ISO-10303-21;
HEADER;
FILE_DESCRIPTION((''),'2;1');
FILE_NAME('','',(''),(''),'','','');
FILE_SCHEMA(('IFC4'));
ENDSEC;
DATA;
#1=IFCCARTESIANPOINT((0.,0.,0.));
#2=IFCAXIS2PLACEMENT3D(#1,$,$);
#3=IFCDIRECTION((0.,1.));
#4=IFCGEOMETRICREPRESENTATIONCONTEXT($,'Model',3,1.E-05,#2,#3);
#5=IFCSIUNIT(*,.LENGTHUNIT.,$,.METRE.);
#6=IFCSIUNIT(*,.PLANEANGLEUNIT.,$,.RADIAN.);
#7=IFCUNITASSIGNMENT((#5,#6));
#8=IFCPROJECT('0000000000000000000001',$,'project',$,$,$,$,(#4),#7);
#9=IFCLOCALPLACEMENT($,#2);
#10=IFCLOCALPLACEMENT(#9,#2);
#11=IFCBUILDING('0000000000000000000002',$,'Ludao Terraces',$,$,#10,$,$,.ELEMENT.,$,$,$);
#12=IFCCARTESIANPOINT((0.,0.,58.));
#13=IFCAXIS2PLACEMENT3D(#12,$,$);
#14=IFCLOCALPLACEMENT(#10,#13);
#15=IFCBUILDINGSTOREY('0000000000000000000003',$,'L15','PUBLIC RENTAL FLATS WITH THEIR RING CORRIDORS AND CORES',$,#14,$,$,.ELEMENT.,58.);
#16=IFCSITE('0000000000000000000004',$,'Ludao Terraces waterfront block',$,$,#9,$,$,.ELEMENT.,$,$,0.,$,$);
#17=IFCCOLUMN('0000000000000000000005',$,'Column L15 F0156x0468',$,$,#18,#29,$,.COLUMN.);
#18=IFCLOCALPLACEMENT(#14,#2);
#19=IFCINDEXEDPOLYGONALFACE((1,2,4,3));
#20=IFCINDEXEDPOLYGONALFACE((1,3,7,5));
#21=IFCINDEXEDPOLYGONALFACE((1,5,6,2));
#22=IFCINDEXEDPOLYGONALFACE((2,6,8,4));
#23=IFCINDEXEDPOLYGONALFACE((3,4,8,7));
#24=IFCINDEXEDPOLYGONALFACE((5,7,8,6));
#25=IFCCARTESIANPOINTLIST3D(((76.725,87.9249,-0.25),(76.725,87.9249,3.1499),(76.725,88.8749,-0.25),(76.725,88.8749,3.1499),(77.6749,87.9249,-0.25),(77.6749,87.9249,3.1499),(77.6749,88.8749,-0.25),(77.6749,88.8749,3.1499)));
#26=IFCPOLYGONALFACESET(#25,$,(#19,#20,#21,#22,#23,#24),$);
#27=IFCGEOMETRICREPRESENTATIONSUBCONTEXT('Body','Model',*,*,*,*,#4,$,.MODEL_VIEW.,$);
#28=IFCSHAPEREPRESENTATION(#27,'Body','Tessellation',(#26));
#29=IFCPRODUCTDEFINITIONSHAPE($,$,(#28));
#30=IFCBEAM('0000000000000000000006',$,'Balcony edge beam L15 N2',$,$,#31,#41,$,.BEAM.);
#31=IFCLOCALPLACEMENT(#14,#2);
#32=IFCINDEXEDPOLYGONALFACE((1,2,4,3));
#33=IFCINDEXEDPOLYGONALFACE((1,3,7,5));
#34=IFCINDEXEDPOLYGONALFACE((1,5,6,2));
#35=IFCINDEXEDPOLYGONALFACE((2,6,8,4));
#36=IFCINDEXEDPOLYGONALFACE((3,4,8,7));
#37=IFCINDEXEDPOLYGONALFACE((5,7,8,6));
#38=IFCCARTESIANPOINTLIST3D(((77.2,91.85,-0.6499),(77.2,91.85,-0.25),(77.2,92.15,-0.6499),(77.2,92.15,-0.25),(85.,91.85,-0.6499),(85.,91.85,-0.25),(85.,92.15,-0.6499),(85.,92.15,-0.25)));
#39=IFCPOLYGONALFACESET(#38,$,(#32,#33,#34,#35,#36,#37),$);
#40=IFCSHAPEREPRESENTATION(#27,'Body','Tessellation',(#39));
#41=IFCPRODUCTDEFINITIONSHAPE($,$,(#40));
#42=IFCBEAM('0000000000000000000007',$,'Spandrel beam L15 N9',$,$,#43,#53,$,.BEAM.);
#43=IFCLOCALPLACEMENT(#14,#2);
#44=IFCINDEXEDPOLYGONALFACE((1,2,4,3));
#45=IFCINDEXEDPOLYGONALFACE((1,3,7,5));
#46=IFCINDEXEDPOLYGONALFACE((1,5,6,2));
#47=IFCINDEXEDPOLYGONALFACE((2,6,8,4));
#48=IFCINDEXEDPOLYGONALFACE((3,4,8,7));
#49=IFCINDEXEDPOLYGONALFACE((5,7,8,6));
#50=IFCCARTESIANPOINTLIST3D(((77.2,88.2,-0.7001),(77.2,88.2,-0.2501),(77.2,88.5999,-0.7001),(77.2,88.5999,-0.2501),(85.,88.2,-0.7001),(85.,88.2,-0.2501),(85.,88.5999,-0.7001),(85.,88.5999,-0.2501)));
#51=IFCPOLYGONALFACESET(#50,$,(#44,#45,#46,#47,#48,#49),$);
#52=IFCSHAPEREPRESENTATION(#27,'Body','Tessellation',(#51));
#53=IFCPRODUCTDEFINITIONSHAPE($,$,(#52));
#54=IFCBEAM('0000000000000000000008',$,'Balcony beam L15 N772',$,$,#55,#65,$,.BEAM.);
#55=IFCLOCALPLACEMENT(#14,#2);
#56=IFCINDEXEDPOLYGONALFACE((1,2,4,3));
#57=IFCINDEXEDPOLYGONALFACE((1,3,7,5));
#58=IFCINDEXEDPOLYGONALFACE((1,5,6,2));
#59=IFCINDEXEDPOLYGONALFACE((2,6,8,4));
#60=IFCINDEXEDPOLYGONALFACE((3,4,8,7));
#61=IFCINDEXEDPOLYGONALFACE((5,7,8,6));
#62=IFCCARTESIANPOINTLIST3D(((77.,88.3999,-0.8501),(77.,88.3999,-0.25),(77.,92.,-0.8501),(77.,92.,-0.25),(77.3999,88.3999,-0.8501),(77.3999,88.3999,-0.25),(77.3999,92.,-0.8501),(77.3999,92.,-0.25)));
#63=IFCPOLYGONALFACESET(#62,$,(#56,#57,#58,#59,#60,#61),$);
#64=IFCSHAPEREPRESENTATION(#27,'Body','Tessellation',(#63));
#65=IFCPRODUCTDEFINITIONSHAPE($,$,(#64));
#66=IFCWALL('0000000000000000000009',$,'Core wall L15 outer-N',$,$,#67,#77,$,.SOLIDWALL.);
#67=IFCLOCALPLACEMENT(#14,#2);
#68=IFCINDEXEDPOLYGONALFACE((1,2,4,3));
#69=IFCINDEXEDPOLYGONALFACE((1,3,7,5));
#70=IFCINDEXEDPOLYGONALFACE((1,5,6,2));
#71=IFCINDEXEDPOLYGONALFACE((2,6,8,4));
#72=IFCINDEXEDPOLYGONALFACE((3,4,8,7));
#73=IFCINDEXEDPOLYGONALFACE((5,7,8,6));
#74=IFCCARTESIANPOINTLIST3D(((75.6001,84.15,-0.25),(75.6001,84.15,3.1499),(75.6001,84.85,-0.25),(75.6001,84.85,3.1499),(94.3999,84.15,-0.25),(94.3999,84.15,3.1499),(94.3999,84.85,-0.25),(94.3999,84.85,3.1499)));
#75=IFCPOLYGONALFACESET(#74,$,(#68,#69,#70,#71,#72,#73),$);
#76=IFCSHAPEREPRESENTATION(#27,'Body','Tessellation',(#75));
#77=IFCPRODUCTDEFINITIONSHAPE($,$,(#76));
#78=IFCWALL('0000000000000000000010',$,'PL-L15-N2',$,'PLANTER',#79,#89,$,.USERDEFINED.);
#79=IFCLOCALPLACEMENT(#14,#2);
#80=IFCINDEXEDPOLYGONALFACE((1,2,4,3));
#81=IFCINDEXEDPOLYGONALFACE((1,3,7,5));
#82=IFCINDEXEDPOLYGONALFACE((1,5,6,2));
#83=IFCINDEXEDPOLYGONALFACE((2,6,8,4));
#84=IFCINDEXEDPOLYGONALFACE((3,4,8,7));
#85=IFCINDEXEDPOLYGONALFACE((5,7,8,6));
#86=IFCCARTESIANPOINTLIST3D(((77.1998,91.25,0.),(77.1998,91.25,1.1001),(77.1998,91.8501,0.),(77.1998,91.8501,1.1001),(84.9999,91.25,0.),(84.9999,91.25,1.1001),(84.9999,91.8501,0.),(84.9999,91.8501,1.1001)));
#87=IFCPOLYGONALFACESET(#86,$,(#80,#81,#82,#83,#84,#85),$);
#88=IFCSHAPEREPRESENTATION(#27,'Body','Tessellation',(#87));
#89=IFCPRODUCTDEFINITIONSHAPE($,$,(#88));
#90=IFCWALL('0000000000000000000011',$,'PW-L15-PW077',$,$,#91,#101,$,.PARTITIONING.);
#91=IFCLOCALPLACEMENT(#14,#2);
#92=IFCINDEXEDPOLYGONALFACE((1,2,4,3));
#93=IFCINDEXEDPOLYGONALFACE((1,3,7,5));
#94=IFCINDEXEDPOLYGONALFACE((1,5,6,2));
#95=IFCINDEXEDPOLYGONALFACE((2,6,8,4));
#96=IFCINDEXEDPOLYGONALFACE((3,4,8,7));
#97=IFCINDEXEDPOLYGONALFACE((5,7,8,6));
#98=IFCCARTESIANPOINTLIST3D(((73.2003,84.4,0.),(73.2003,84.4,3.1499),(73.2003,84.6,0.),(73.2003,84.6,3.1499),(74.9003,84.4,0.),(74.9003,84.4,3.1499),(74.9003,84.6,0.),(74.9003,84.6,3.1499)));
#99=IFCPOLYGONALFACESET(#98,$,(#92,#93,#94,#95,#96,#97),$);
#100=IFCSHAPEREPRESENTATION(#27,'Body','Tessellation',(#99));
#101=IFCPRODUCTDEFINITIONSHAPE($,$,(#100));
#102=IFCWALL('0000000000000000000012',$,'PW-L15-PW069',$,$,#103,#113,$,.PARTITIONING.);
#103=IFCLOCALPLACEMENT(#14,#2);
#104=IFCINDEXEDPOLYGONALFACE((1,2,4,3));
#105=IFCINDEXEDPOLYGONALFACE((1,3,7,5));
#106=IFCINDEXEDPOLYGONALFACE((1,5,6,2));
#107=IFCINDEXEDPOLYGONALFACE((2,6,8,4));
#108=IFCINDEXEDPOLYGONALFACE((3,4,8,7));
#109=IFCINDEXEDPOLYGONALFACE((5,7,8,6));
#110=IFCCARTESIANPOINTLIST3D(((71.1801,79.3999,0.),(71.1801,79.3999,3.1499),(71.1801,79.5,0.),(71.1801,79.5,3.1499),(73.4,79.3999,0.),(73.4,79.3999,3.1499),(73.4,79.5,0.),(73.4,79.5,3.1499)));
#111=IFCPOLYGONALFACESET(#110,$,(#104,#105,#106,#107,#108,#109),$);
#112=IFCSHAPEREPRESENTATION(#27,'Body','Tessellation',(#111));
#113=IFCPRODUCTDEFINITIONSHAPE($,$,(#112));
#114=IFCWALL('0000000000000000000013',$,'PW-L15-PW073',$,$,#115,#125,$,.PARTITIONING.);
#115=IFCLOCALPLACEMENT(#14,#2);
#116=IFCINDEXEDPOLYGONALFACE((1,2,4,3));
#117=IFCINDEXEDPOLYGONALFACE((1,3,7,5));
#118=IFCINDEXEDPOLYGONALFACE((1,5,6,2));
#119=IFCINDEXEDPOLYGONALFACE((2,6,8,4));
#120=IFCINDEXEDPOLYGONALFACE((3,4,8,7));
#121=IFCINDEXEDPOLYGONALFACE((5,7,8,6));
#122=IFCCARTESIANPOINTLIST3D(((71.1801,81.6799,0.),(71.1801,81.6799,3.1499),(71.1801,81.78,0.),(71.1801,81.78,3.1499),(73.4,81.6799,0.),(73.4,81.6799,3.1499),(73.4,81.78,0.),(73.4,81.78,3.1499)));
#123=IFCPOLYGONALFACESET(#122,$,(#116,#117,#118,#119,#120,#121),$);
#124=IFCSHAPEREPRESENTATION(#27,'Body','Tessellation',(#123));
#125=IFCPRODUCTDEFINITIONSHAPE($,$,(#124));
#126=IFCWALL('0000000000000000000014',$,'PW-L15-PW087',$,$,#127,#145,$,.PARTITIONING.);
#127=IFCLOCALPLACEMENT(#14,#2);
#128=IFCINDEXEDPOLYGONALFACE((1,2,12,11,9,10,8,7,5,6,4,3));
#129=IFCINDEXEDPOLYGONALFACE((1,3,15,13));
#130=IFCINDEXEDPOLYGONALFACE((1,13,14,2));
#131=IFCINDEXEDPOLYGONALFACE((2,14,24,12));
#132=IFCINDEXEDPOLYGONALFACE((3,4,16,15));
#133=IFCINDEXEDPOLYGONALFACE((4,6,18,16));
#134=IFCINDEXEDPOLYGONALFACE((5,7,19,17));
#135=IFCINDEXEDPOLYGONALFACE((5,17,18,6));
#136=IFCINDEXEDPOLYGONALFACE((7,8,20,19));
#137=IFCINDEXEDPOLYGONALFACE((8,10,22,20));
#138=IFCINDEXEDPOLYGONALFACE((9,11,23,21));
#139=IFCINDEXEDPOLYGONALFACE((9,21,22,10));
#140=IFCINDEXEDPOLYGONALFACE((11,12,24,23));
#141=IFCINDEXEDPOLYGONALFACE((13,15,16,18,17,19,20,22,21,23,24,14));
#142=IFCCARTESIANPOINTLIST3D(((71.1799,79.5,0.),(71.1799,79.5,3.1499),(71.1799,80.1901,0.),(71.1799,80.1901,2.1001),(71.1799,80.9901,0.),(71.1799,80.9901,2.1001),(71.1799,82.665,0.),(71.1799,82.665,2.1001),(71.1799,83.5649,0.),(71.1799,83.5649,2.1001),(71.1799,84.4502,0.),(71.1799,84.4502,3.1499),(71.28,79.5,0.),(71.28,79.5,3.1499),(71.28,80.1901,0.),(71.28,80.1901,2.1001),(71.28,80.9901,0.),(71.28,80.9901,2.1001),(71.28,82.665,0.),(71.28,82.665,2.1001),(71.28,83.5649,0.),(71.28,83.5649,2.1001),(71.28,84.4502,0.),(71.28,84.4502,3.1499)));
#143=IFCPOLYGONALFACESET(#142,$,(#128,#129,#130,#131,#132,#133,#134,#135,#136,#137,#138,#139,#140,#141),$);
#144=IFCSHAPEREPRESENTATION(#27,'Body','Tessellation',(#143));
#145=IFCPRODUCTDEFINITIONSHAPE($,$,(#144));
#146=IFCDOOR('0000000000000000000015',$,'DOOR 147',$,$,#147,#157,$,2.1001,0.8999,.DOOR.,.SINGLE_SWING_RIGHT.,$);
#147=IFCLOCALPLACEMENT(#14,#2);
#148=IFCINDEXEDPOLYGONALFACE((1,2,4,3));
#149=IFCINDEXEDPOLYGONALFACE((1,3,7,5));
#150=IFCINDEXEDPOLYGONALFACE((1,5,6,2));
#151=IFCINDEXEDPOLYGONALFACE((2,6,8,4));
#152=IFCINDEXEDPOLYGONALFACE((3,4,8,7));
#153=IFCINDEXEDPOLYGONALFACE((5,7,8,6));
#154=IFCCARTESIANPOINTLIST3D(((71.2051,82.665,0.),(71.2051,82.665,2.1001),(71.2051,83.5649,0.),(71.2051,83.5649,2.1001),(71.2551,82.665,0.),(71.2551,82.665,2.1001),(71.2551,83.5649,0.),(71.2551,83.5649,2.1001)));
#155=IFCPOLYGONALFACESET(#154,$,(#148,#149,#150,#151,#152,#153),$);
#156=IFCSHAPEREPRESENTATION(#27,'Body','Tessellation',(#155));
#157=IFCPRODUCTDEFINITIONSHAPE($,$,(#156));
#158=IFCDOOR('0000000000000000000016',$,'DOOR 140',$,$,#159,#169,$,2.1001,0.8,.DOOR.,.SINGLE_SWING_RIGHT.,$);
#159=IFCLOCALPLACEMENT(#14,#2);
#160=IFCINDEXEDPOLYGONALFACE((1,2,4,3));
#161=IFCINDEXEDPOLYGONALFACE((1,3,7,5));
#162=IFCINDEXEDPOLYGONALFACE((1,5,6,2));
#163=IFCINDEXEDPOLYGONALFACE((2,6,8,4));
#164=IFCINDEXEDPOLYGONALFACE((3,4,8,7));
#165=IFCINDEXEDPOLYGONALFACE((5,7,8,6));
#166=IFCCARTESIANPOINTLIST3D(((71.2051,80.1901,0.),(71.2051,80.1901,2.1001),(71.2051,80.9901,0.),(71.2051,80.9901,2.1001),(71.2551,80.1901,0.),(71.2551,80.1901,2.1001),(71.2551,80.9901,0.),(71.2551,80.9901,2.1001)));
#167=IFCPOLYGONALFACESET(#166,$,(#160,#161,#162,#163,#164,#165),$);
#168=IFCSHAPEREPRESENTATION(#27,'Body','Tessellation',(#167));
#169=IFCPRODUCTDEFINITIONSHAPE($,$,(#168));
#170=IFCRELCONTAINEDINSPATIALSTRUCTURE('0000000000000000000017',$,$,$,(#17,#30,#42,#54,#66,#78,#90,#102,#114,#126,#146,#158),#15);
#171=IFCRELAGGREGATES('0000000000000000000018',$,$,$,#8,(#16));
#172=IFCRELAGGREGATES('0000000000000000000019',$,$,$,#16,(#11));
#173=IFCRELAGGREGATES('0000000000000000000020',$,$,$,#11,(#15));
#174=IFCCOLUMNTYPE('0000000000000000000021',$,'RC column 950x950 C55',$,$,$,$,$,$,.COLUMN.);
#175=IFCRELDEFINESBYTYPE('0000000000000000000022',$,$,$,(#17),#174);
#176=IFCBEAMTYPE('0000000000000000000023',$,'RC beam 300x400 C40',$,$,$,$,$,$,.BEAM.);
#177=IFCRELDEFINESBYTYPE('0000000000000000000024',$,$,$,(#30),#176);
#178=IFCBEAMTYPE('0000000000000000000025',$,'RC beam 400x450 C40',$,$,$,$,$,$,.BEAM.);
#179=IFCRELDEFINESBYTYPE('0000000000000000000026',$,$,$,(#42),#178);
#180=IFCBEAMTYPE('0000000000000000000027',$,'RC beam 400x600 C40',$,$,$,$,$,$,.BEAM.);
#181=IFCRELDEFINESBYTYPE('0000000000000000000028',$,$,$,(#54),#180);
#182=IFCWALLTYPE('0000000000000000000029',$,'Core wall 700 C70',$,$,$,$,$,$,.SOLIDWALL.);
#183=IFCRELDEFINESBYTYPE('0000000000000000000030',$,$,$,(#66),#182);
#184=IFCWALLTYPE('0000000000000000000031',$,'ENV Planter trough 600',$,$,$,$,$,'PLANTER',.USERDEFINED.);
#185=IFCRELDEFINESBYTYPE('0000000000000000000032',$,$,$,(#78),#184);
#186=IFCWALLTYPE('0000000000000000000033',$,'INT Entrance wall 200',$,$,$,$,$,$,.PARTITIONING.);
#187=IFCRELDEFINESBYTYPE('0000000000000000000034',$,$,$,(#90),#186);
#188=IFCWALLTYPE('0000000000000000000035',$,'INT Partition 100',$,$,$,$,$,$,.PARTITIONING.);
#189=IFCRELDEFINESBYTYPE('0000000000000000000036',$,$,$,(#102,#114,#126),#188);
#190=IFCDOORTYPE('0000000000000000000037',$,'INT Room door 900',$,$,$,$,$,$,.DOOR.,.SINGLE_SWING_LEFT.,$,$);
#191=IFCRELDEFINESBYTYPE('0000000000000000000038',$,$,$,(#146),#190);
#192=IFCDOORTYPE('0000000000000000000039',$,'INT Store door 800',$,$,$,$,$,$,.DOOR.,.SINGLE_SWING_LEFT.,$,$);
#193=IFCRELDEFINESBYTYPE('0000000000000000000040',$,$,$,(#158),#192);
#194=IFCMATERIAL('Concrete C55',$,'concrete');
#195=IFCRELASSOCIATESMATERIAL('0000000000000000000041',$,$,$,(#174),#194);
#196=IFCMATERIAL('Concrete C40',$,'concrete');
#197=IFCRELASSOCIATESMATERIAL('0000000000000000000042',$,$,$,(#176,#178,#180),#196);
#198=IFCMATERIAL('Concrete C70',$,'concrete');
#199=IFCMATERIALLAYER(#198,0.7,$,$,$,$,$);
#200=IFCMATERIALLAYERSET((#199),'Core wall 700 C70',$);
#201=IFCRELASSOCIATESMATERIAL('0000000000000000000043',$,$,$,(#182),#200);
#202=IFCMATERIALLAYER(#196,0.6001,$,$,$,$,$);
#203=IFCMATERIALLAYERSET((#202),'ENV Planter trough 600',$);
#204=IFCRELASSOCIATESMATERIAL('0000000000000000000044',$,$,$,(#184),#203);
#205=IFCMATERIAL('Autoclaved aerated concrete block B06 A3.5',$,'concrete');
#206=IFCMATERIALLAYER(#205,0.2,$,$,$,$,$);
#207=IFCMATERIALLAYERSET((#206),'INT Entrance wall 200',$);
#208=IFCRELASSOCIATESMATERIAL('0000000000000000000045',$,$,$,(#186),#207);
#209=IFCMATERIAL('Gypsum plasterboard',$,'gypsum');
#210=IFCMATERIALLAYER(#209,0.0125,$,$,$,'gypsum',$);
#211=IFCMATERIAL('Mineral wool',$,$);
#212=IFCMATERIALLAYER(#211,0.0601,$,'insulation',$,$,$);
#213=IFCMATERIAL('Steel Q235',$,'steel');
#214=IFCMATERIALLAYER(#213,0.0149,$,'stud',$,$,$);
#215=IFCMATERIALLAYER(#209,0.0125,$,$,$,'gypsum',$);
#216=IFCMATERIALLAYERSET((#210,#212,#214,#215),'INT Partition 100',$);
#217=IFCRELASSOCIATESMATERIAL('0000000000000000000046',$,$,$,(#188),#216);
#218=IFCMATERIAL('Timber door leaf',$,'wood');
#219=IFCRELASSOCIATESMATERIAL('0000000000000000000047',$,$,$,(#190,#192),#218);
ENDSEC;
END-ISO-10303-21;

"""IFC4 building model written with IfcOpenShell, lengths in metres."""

from ifc_helpers import new_model, si_unit, direction, frame, frame_2d, origin, origin_2d, place, context, subcontext, project, spatial, rectangle, extrude, material, layer, layer_set, material_profile, profile_set, type_object, element, fill, save


model = new_model("IFC4")

# Units and contexts
model_context = context("Model", 3, precision=1e-05, world=origin(), true_north=direction((0.0, 1.0)))
body_context = subcontext(model_context, "Body", "Model", "MODEL_VIEW")
ifc_project = project(units=[si_unit("LENGTHUNIT", "METRE"), si_unit("PLANEANGLEUNIT", "RADIAN")], contexts=[model_context])

# Site, building, storey
site_placement = place(None, origin())
site = spatial("IfcSite", under=ifc_project, at=site_placement, Name="Ludao Terraces waterfront block", CompositionType="ELEMENT", RefElevation=0.0)
building_placement = place(site_placement, origin())
building = spatial("IfcBuilding", under=site, at=building_placement, Name="Ludao Terraces", CompositionType="ELEMENT")
storey_placement = place(building_placement, frame((0.0, 0.0, 58.0)))
storey = spatial("IfcBuildingStorey", under=building, at=storey_placement, Name="L15", Description="PUBLIC RENTAL FLATS WITH THEIR RING CORRIDORS AND CORES", CompositionType="ELEMENT", Elevation=58.0)

# Column
ifc_material_1 = material(Name="Concrete C55", Category="concrete")
ifc_material_profile_1 = material_profile(ifc_material_1, rectangle(XDim=0.95, YDim=0.95, at=origin_2d()), Name="950 X 950")
ifc_profile_set_1 = profile_set([ifc_material_profile_1], Name="Concrete C55")
column_type = type_object("IfcColumnType", Name="RC column 950x950 C55", PredefinedType="COLUMN", material=ifc_profile_set_1)
column_placement = place(storey_placement, frame((77.2, 88.3999, -0.25), z_axis=(0.0, 0.0, 1.0), x_axis=(1.0, 0.0, 0.0)))
element("IfcColumn", 1, at=column_placement, inside=storey, type_object=column_type, Name="Column L15 F0156x0468", PredefinedType="COLUMN", context=body_context, shape_type="SweptSolid", body=[
    extrude(rectangle(XDim=0.95, YDim=0.95, at=origin_2d()), origin(), (0.0, 0.0, 1.0), 3.3999),
])

# Beams
ifc_material_2 = material(Name="Concrete C40", Category="concrete")
ifc_material_profile_2 = material_profile(ifc_material_2, rectangle(XDim=0.3, YDim=0.3999, at=origin_2d()), Name="300 X 400")
ifc_profile_set_2 = profile_set([ifc_material_profile_2], Name="Concrete C40")
beam_type_1 = type_object("IfcBeamType", Name="RC beam 300x400 C40", PredefinedType="BEAM", material=ifc_profile_set_2)
beam_1_placement = place(storey_placement, frame((77.2, 92.0, -0.45), z_axis=(1.0, 0.0, 0.0), x_axis=(0.0, 1.0, 0.0)))
element("IfcBeam", 2, at=beam_1_placement, inside=storey, type_object=beam_type_1, Name="Balcony edge beam L15 N2", PredefinedType="BEAM", context=body_context, shape_type="SweptSolid", body=[
    extrude(rectangle(XDim=0.3, YDim=0.3999, at=origin_2d()), origin(), (0.0, 0.0, 1.0), 7.8),
])
ifc_material_profile_3 = material_profile(ifc_material_2, rectangle(XDim=0.3999, YDim=0.45, at=origin_2d()), Name="400 X 450")
ifc_profile_set_3 = profile_set([ifc_material_profile_3], Name="Concrete C40")
beam_type_2 = type_object("IfcBeamType", Name="RC beam 400x450 C40", PredefinedType="BEAM", material=ifc_profile_set_3)
beam_2_placement = place(storey_placement, frame((77.2, 88.3999, -0.4751), z_axis=(1.0, 0.0, 0.0), x_axis=(0.0, 1.0, 0.0)))
element("IfcBeam", 3, at=beam_2_placement, inside=storey, type_object=beam_type_2, Name="Spandrel beam L15 N9", PredefinedType="BEAM", context=body_context, shape_type="SweptSolid", body=[
    extrude(rectangle(XDim=0.3999, YDim=0.45, at=origin_2d()), origin(), (0.0, 0.0, 1.0), 7.8),
])
ifc_material_profile_4 = material_profile(ifc_material_2, rectangle(XDim=0.3999, YDim=0.6001, at=origin_2d()), Name="400 X 600")
ifc_profile_set_4 = profile_set([ifc_material_profile_4], Name="Concrete C40")
beam_type_3 = type_object("IfcBeamType", Name="RC beam 400x600 C40", PredefinedType="BEAM", material=ifc_profile_set_4)
beam_3_placement = place(storey_placement, frame((77.2, 88.3999, -0.55), z_axis=(0.0, 1.0, 0.0), x_axis=(-1.0, 0.0, 0.0)))
element("IfcBeam", 4, at=beam_3_placement, inside=storey, type_object=beam_type_3, Name="Balcony beam L15 N772", PredefinedType="BEAM", context=body_context, shape_type="SweptSolid", body=[
    extrude(rectangle(XDim=0.3999, YDim=0.6001, at=origin_2d()), origin(), (0.0, 0.0, 1.0), 3.6001),
])

# Walls
ifc_material_3 = material(Name="Concrete C70", Category="concrete")
ifc_layer_1 = layer(ifc_material_3, 0.7)
ifc_layer_set_1 = layer_set([ifc_layer_1], Name="Core wall 700 C70")
wall_type_1 = type_object("IfcWallType", Name="Core wall 700 C70", PredefinedType="SOLIDWALL", material=ifc_layer_set_1)
wall_1_placement = place(storey_placement, frame((75.6001, 84.5, -0.25), z_axis=(0.0, 0.0, 1.0), x_axis=(1.0, 0.0, 0.0)))
element("IfcWall", 5, at=wall_1_placement, inside=storey, type_object=wall_type_1, Name="Core wall L15 outer-N", PredefinedType="SOLIDWALL", context=body_context, shape_type="SweptSolid", body=[
    extrude(rectangle(XDim=18.7998, YDim=0.7, at=frame_2d((9.3999, 0.0))), origin(), (0.0, 0.0, 1.0), 3.3999),
])
ifc_layer_2 = layer(ifc_material_2, 0.6001)
ifc_layer_set_2 = layer_set([ifc_layer_2], Name="ENV Planter trough 600")
wall_type_2 = type_object("IfcWallType", Name="ENV Planter trough 600", ElementType="PLANTER", PredefinedType="USERDEFINED", material=ifc_layer_set_2)
wall_2_placement = place(storey_placement, frame((77.2, 91.55, 0.0), z_axis=(0.0, 0.0, 1.0), x_axis=(1.0, 0.0, 0.0)))
element("IfcWall", 6, at=wall_2_placement, inside=storey, type_object=wall_type_2, Name="PL-L15-N2", ObjectType="PLANTER", PredefinedType="USERDEFINED", context=body_context, shape_type="SweptSolid", body=[
    extrude(rectangle(XDim=7.8, YDim=0.6001, at=frame_2d((3.8999, 0.0))), origin(), (0.0, 0.0, 1.0), 1.1001),
])

# Shared definitions
ifc_material_4 = material(Name="Mineral wool")

# Walls
ifc_material_5 = material(Name="Autoclaved aerated concrete block B06 A3.5", Category="concrete")
ifc_layer_3 = layer(ifc_material_5, 0.2)
ifc_layer_set_3 = layer_set([ifc_layer_3], Name="INT Entrance wall 200")
wall_type_3 = type_object("IfcWallType", Name="INT Entrance wall 200", PredefinedType="PARTITIONING", material=ifc_layer_set_3)
wall_3_placement = place(storey_placement, frame((73.2002, 84.5, 0.0), z_axis=(0.0, 0.0, 1.0), x_axis=(1.0, 0.0, 0.0)))
element("IfcWall", 7, at=wall_3_placement, inside=storey, type_object=wall_type_3, Name="PW-L15-PW077", PredefinedType="PARTITIONING", context=body_context, shape_type="SweptSolid", body=[
    extrude(rectangle(XDim=1.7, YDim=0.2, at=frame_2d((0.8501, 0.0))), origin(), (0.0, 0.0, 1.0), 3.1499),
])
ifc_material_6 = material(Name="Gypsum plasterboard", Category="gypsum")
ifc_layer_4 = layer(ifc_material_6, 0.0125, Category="gypsum")
ifc_layer_5 = layer(ifc_material_4, 0.0601, Name="insulation")
ifc_material_7 = material(Name="Steel Q235", Category="steel")
ifc_layer_6 = layer(ifc_material_7, 0.0149, Name="stud")
ifc_layer_7 = layer(ifc_material_6, 0.0125, Category="gypsum")
ifc_layer_set_4 = layer_set([ifc_layer_4, ifc_layer_5, ifc_layer_6, ifc_layer_7], Name="INT Partition 100")
wall_type_4 = type_object("IfcWallType", Name="INT Partition 100", PredefinedType="PARTITIONING", material=ifc_layer_set_4)
for number, where, z_axis, x_axis, name in (
    (8, (71.1802, 79.45, 0.0), (0.0, 0.0, 1.0), (1.0, 0.0, 0.0), "PW-L15-PW069"),
    (9, (71.1802, 81.73, 0.0), (0.0, 0.0, 1.0), (1.0, 0.0, 0.0), "PW-L15-PW073"),
):
    element("IfcWall", number, at=place(storey_placement, frame(where, z_axis=z_axis, x_axis=x_axis)), inside=storey, type_object=wall_type_4, Name=name, PredefinedType="PARTITIONING", context=body_context, shape_type="SweptSolid", body=[
        extrude(rectangle(XDim=2.22, YDim=0.1001, at=frame_2d((1.1099, 0.0))), origin(), (0.0, 0.0, 1.0), 3.1499),
    ])

# Wall, openings, doors
wall_4_placement = place(storey_placement, frame((71.23, 79.5, 0.0), z_axis=(0.0, 0.0, 1.0), x_axis=(0.0, 1.0, 0.0)))
wall_4 = element("IfcWall", 10, at=wall_4_placement, inside=storey, type_object=wall_type_4, Name="PW-L15-PW087", PredefinedType="PARTITIONING", context=body_context, shape_type="SweptSolid", body=[
    extrude(rectangle(XDim=4.9502, YDim=0.1001, at=frame_2d((2.4751, 0.0))), origin(), (0.0, 0.0, 1.0), 3.1499),
])
opening_1_placement = place(wall_4_placement, frame((0.6902, 0.0, 0.0)))
opening_1 = element("IfcOpeningElement", 11, at=opening_1_placement, cuts=wall_4, PredefinedType="OPENING", context=body_context, shape_type="SweptSolid", body=[
    extrude(rectangle(XDim=0.8, YDim=2.1001, at=frame_2d((0.3999, 1.05))), frame((0.0, 0.0601, 0.0), z_axis=(0.0, -1.0, 0.0), x_axis=(1.0, 0.0, 0.0)), (0.0, 0.0, 1.0), 0.1201),
])
opening_2_placement = place(wall_4_placement, frame((3.165, 0.0, 0.0)))
opening_2 = element("IfcOpeningElement", 12, at=opening_2_placement, cuts=wall_4, PredefinedType="OPENING", context=body_context, shape_type="SweptSolid", body=[
    extrude(rectangle(XDim=0.8999, YDim=2.1001, at=frame_2d((0.45, 1.05))), frame((0.0, 0.0601, 0.0), z_axis=(0.0, -1.0, 0.0), x_axis=(1.0, 0.0, 0.0)), (0.0, 0.0, 1.0), 0.1201),
])
ifc_material_8 = material(Name="Timber door leaf", Category="wood")
door_type_1 = type_object("IfcDoorType", Name="INT Room door 900", OperationType="SINGLE_SWING_LEFT", PredefinedType="DOOR", material=ifc_material_8)
door_1_placement = place(opening_2_placement, origin())
door_1 = element("IfcDoor", 13, at=door_1_placement, inside=storey, type_object=door_type_1, Name="DOOR 147", OperationType="SINGLE_SWING_RIGHT", OverallHeight=2.1001, OverallWidth=0.8999, PredefinedType="DOOR", context=body_context, shape_type="SweptSolid", body=[
    extrude(rectangle(XDim=0.8999, YDim=2.1001, at=frame_2d((0.45, 1.05))), frame((0.0, 0.0249, 0.0), z_axis=(0.0, -1.0, 0.0), x_axis=(1.0, 0.0, 0.0)), (0.0, 0.0, 1.0), 0.05),
])
fill(opening_2, door_1)
door_type_2 = type_object("IfcDoorType", Name="INT Store door 800", OperationType="SINGLE_SWING_LEFT", PredefinedType="DOOR", material=ifc_material_8)
door_2_placement = place(opening_1_placement, origin())
door_2 = element("IfcDoor", 14, at=door_2_placement, inside=storey, type_object=door_type_2, Name="DOOR 140", OperationType="SINGLE_SWING_RIGHT", OverallHeight=2.1001, OverallWidth=0.8, PredefinedType="DOOR", context=body_context, shape_type="SweptSolid", body=[
    extrude(rectangle(XDim=0.8, YDim=2.1001, at=frame_2d((0.3999, 1.05))), frame((0.0, 0.0249, 0.0), z_axis=(0.0, -1.0, 0.0), x_axis=(1.0, 0.0, 0.0)), (0.0, 0.0, 1.0), 0.05),
])
fill(opening_1, door_2)

save(model, "model.ifc")
